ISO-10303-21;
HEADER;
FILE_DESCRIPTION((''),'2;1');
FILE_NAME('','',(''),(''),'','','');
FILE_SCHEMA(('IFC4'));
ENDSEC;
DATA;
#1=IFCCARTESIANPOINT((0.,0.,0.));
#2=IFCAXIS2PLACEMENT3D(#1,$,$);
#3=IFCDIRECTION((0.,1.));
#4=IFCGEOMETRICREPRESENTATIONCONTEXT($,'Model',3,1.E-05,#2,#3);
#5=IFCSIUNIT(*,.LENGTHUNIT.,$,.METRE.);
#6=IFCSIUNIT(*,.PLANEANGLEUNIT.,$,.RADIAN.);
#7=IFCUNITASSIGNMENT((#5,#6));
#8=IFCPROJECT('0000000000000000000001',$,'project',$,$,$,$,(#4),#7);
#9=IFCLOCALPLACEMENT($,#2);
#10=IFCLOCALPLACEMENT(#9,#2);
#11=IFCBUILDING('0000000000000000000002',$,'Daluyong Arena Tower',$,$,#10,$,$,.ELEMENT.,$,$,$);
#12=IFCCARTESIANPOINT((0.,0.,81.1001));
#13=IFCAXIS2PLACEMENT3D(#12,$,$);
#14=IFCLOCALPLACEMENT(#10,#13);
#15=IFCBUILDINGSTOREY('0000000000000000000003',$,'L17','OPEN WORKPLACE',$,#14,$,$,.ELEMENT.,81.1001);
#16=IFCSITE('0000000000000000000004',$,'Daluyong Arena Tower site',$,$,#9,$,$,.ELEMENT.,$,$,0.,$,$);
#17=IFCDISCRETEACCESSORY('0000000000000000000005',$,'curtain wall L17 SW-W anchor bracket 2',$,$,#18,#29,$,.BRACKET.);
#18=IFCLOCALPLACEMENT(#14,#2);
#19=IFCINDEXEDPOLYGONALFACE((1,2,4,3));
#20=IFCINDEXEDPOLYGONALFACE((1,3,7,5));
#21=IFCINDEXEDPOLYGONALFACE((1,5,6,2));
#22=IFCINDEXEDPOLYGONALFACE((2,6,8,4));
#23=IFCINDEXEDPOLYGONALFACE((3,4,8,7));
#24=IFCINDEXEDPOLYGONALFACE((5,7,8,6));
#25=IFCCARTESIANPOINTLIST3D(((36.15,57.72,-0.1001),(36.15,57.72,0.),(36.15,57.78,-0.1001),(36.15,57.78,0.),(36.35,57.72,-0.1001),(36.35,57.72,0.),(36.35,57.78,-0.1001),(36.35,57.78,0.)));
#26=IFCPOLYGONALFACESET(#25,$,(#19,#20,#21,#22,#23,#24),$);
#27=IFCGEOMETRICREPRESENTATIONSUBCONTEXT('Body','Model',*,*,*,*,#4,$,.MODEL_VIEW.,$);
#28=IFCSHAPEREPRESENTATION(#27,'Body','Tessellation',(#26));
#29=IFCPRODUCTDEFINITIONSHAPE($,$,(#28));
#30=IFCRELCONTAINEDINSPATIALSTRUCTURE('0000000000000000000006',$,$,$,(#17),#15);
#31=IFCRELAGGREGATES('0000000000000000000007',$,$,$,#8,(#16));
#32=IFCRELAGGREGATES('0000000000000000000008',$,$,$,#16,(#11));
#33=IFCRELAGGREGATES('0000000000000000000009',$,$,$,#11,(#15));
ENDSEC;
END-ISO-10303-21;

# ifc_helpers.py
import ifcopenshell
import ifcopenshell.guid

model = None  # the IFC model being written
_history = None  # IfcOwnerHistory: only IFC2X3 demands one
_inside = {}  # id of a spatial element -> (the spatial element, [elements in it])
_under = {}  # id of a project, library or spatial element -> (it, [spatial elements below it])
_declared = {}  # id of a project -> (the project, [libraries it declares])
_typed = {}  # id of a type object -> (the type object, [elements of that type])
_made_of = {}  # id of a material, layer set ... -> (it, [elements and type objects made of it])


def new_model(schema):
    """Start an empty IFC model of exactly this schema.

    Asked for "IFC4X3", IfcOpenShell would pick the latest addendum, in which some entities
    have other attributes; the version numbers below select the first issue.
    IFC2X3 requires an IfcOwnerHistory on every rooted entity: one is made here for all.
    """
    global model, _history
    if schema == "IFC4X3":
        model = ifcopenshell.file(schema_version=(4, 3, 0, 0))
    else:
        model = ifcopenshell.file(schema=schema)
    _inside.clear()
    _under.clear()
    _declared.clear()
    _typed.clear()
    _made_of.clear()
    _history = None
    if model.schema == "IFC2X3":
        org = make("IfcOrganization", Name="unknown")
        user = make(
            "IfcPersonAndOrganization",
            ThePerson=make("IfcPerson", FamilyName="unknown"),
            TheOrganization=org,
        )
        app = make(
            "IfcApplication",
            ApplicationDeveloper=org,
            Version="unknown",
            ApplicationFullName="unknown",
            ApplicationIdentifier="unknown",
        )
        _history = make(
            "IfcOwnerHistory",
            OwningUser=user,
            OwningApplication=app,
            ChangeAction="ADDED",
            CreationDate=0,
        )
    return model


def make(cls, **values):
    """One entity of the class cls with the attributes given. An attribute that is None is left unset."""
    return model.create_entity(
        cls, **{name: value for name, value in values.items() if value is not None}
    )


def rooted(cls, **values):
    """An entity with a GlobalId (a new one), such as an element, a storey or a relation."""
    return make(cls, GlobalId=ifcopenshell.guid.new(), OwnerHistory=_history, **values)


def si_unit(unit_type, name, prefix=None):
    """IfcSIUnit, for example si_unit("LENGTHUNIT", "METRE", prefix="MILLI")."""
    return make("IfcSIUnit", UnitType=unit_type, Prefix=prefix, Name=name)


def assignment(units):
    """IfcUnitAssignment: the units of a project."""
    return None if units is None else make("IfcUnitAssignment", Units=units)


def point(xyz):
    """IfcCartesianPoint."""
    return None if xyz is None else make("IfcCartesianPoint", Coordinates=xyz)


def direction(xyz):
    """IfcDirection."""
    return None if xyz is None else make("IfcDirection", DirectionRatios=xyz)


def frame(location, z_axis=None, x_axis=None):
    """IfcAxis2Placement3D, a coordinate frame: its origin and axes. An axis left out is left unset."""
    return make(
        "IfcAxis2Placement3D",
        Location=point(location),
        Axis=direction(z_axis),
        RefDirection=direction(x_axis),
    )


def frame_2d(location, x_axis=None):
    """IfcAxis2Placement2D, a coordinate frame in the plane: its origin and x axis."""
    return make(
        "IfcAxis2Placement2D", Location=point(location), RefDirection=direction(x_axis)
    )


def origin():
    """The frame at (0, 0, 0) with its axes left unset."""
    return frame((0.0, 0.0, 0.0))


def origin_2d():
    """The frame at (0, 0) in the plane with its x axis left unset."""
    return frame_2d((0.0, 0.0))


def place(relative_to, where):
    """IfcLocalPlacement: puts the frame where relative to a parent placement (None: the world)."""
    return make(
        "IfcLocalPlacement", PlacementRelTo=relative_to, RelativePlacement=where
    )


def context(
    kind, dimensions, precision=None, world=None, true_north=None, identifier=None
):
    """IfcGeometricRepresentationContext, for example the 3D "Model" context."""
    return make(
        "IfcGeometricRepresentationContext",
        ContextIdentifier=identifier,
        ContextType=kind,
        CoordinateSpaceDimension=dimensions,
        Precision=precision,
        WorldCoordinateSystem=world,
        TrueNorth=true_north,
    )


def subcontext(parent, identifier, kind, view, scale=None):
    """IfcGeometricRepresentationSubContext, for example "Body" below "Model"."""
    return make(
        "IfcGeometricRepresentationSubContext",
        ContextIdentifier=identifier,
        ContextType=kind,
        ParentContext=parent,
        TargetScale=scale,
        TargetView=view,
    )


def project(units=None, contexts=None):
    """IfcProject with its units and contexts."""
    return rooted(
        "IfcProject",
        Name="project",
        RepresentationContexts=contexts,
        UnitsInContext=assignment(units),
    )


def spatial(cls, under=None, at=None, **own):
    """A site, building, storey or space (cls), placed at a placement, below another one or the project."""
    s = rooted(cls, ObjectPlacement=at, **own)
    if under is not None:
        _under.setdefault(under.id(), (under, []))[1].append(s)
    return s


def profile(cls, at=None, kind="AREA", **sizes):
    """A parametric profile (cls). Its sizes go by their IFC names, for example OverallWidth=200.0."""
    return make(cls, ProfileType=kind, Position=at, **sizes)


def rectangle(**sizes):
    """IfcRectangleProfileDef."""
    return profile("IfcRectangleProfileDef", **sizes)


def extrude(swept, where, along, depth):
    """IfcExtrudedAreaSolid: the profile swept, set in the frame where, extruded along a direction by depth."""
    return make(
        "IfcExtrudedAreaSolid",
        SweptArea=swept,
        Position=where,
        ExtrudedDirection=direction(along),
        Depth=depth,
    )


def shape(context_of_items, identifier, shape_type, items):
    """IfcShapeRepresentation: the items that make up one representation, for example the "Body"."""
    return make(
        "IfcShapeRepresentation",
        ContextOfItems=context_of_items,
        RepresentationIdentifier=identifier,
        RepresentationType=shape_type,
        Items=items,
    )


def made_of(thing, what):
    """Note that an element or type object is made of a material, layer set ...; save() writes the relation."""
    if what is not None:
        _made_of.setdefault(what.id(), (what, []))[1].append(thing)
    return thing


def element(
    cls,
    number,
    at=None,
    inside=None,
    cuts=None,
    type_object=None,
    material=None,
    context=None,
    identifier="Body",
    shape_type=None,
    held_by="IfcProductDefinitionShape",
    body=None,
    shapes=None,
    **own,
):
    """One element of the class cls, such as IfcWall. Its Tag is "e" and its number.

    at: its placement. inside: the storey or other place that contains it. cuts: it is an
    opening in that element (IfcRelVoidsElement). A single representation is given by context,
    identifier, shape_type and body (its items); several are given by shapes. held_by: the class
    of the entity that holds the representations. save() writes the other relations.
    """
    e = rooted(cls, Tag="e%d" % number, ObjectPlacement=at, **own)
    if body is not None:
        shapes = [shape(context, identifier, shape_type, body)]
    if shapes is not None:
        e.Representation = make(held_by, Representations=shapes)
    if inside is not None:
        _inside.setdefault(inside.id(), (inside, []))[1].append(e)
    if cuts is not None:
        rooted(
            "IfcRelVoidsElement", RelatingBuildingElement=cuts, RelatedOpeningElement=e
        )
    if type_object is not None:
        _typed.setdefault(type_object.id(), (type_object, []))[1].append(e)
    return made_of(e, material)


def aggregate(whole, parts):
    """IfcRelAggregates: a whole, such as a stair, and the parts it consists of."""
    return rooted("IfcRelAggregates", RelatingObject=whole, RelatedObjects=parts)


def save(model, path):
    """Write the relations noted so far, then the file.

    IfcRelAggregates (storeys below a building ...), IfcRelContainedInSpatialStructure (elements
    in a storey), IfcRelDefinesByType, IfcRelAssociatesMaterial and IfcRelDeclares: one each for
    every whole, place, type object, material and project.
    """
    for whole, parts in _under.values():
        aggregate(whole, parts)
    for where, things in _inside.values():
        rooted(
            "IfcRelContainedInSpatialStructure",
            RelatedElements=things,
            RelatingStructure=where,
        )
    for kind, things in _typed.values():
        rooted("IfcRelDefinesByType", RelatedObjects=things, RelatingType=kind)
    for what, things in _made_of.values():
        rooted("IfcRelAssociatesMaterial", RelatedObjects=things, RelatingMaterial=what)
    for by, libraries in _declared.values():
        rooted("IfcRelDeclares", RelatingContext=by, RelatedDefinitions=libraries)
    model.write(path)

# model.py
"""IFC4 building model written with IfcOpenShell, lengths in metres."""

from ifc_helpers import new_model, si_unit, direction, frame, origin, origin_2d, place, context, subcontext, project, spatial, rectangle, extrude, element, save


model = new_model("IFC4")

# Units and contexts
model_context = context("Model", 3, precision=1e-05, world=origin(), true_north=direction((0.0, 1.0)))
body_context = subcontext(model_context, "Body", "Model", "MODEL_VIEW")
ifc_project = project(units=[si_unit("LENGTHUNIT", "METRE"), si_unit("PLANEANGLEUNIT", "RADIAN")], contexts=[model_context])

# Site, building, storey
site_placement = place(None, origin())
site = spatial("IfcSite", under=ifc_project, at=site_placement, Name="Daluyong Arena Tower site", CompositionType="ELEMENT", RefElevation=0.0)
building_placement = place(site_placement, origin())
building = spatial("IfcBuilding", under=site, at=building_placement, Name="Daluyong Arena Tower", CompositionType="ELEMENT")
storey_placement = place(building_placement, frame((0.0, 0.0, 81.1001)))
storey = spatial("IfcBuildingStorey", under=building, at=storey_placement, Name="L17", Description="OPEN WORKPLACE", CompositionType="ELEMENT", Elevation=81.1001)

# Discrete accessory
discrete_accessory_placement = place(storey_placement, frame((36.25, 57.75, -0.1001), z_axis=(0.0, 0.0, 1.0), x_axis=(0.0, -1.0, 0.0)))
element("IfcDiscreteAccessory", 1, at=discrete_accessory_placement, inside=storey, Name="curtain wall L17 SW-W anchor bracket 2", PredefinedType="BRACKET", context=body_context, shape_type="SweptSolid", body=[
    extrude(rectangle(XDim=0.0601, YDim=0.2, at=origin_2d()), origin(), (0.0, 0.0, 1.0), 0.1001),
])

save(model, "model.ifc")
